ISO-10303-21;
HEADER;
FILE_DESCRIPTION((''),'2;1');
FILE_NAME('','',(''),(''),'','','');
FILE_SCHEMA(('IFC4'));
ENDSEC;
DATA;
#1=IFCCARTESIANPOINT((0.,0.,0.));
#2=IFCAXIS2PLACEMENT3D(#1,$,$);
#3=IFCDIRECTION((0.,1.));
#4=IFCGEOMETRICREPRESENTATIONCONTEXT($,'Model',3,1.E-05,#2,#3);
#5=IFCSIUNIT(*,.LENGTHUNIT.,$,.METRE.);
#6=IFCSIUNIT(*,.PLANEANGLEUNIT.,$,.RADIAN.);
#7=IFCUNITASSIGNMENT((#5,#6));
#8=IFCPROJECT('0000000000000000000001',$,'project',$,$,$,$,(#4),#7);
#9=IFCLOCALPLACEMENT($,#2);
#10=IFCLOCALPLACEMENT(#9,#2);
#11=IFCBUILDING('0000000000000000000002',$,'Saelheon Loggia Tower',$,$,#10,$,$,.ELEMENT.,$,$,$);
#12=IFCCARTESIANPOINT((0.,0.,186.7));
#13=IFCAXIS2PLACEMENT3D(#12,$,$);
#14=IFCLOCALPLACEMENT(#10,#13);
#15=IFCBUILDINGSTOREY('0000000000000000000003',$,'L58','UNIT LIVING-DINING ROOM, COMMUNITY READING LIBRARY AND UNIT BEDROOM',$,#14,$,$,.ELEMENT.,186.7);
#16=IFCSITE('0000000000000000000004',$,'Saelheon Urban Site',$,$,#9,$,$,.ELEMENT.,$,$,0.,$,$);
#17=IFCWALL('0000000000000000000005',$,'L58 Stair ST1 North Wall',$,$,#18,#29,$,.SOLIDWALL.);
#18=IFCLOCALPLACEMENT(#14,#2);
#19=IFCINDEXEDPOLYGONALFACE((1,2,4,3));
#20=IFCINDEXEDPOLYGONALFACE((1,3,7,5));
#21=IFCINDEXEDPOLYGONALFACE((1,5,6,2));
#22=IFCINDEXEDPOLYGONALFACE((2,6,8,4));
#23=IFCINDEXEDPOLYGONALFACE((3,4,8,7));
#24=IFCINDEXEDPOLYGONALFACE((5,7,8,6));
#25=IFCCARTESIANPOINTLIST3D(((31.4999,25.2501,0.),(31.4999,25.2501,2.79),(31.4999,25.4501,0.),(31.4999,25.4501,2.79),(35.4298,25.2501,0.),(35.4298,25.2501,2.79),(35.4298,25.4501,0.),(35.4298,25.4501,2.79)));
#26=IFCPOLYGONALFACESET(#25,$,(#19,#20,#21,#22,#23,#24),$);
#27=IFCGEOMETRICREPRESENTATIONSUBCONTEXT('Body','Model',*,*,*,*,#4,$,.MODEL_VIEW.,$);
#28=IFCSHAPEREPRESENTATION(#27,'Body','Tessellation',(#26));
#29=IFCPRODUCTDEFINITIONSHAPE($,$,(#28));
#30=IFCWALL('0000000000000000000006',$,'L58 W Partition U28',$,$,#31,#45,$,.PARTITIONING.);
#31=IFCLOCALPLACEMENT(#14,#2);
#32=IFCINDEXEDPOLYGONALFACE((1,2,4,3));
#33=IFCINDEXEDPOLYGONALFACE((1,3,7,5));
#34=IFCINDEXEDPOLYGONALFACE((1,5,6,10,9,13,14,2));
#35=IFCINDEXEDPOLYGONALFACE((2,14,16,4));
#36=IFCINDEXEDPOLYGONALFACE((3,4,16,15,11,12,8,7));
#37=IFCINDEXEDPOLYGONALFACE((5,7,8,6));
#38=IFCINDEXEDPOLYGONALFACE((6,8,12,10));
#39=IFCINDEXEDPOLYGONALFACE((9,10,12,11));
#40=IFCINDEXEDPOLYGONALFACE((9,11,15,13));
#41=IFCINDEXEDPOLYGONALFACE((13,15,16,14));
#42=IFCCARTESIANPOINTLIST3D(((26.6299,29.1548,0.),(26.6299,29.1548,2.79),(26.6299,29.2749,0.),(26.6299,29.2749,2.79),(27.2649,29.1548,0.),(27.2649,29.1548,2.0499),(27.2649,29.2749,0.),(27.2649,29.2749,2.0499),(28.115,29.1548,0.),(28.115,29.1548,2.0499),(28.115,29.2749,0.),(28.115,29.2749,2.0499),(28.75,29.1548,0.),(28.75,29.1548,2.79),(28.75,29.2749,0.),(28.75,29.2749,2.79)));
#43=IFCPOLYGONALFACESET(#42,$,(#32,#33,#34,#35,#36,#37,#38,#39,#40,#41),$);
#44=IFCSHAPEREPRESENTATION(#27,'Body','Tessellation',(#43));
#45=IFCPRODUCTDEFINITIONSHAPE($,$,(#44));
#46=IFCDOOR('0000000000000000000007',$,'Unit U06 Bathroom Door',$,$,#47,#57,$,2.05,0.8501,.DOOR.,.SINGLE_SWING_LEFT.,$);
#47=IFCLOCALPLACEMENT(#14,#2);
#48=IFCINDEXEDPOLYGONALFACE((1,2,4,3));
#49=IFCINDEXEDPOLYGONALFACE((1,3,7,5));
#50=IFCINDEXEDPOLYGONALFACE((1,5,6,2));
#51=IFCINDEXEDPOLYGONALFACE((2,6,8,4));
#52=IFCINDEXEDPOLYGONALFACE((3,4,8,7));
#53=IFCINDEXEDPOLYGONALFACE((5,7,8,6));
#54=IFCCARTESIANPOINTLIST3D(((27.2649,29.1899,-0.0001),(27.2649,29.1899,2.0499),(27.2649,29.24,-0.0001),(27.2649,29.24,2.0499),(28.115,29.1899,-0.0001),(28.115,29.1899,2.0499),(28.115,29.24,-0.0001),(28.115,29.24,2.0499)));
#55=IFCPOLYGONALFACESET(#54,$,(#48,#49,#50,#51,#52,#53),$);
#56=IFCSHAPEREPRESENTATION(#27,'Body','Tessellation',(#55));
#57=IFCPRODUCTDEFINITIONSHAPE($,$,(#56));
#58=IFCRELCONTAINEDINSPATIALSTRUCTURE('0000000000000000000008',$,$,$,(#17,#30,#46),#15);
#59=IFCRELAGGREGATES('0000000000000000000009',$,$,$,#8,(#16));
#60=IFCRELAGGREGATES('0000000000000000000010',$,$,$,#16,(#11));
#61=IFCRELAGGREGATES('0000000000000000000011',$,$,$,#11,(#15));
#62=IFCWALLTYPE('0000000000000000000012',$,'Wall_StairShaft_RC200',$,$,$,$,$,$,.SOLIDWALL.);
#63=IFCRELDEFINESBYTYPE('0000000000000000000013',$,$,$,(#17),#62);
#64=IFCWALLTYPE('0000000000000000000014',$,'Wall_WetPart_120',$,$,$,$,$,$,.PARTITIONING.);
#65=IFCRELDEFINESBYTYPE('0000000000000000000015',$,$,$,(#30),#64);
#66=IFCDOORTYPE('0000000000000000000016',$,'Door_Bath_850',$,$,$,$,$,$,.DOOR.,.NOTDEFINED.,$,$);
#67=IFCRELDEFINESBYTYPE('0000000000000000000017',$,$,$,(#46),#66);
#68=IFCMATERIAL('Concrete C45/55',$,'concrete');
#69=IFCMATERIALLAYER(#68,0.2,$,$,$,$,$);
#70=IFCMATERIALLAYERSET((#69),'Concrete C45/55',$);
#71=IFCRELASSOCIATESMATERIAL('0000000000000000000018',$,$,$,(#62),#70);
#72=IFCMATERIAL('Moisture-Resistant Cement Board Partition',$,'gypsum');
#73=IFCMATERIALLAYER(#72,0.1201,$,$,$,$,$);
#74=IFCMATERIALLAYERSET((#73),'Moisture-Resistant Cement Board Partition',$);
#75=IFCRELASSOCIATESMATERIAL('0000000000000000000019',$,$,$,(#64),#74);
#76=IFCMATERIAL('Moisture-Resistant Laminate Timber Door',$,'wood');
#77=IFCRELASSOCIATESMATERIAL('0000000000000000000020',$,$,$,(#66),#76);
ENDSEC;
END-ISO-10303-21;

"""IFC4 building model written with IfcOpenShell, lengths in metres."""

from ifc_helpers import new_model, si_unit, direction, frame, frame_2d, origin, place, context, subcontext, project, spatial, rectangle, extrude, source, transform, mapped, material, layer, layer_set, type_object, element, fill, save


model = new_model("IFC4")

# Units and contexts
model_context = context("Model", 3, precision=1e-05, world=origin(), true_north=direction((0.0, 1.0)))
body_context = subcontext(model_context, "Body", "Model", "MODEL_VIEW")
ifc_project = project(units=[si_unit("LENGTHUNIT", "METRE"), si_unit("PLANEANGLEUNIT", "RADIAN")], contexts=[model_context])

# Site, building, storey
site_placement = place(None, origin())
site = spatial("IfcSite", under=ifc_project, at=site_placement, Name="Saelheon Urban Site", CompositionType="ELEMENT", RefElevation=0.0)
building_placement = place(site_placement, origin())
building = spatial("IfcBuilding", under=site, at=building_placement, Name="Saelheon Loggia Tower", CompositionType="ELEMENT")
storey_placement = place(building_placement, frame((0.0, 0.0, 186.7)))
storey = spatial("IfcBuildingStorey", under=building, at=storey_placement, Name="L58", Description="UNIT LIVING-DINING ROOM, COMMUNITY READING LIBRARY AND UNIT BEDROOM", CompositionType="ELEMENT", Elevation=186.7)

# Wall
ifc_material_1 = material(Name="Concrete C45/55", Category="concrete")
ifc_layer_1 = layer(ifc_material_1, 0.2)
ifc_layer_set_1 = layer_set([ifc_layer_1], Name="Concrete C45/55")
wall_type_1 = type_object("IfcWallType", Name="Wall_StairShaft_RC200", PredefinedType="SOLIDWALL", material=ifc_layer_set_1)
wall_1_placement = place(storey_placement, frame((31.5, 25.3501, 0.0), z_axis=(0.0, 0.0, 1.0), x_axis=(1.0, 0.0, 0.0)))
element("IfcWall", 1, at=wall_1_placement, inside=storey, type_object=wall_type_1, Name="L58 Stair ST1 North Wall", PredefinedType="SOLIDWALL", context=body_context, shape_type="SweptSolid", body=[
    extrude(rectangle(XDim=3.9299, YDim=0.2, at=frame_2d((1.9648, 0.0))), origin(), (0.0, 0.0, 1.0), 2.79),
])

# Wall, opening, door
ifc_material_2 = material(Name="Moisture-Resistant Cement Board Partition", Category="gypsum")
ifc_layer_2 = layer(ifc_material_2, 0.1201)
ifc_layer_set_2 = layer_set([ifc_layer_2], Name="Moisture-Resistant Cement Board Partition")
wall_type_2 = type_object("IfcWallType", Name="Wall_WetPart_120", PredefinedType="PARTITIONING", material=ifc_layer_set_2)
wall_2_placement = place(storey_placement, frame((28.75, 29.2148, 0.0), z_axis=(0.0, 0.0, 1.0), x_axis=(-1.0, 0.0, 0.0)))
wall_2 = element("IfcWall", 2, at=wall_2_placement, inside=storey, type_object=wall_type_2, Name="L58 W Partition U28", PredefinedType="PARTITIONING", context=body_context, shape_type="SweptSolid", body=[
    extrude(rectangle(XDim=2.1201, YDim=0.1201, at=frame_2d((1.0601, 0.0))), origin(), (0.0, 0.0, 1.0), 2.79),
])
opening_1_placement = place(wall_2_placement, frame((0.635, 0.0, 0.0)))
opening_1 = element("IfcOpeningElement", 3, at=opening_1_placement, cuts=wall_2, PredefinedType="OPENING", context=body_context, shape_type="SweptSolid", body=[
    extrude(rectangle(XDim=0.8501, YDim=2.05, at=frame_2d((0.425, 1.0249))), frame((0.0, 0.072, 0.0), z_axis=(0.0, -1.0, 0.0), x_axis=(1.0, 0.0, 0.0)), (0.0, 0.0, 1.0), 0.144),
])
ifc_material_3 = material(Name="Moisture-Resistant Laminate Timber Door", Category="wood")
door_type_1 = type_object("IfcDoorType", Name="Door_Bath_850", OperationType="NOTDEFINED", PredefinedType="DOOR", material=ifc_material_3)
shared_shape_1 = source(origin(), body_context, "Body", "SweptSolid", [
    extrude(rectangle(XDim=0.8501, YDim=2.05, at=frame_2d((0.425, 1.0249))), frame((0.0, 0.0249, 0.0), z_axis=(0.0, -1.0, 0.0), x_axis=(1.0, 0.0, 0.0)), (0.0, 0.0, 1.0), 0.05),
])
door_1_placement = place(opening_1_placement, origin())
door_1 = element("IfcDoor", 4, at=door_1_placement, inside=storey, type_object=door_type_1, Name="Unit U06 Bathroom Door", OperationType="SINGLE_SWING_LEFT", OverallHeight=2.05, OverallWidth=0.8501, PredefinedType="DOOR", context=body_context, shape_type="MappedRepresentation", body=[
    mapped(shared_shape_1, transform((0.0, 0.0, 0.0), scale=1.0)),
])
fill(opening_1, door_1)

save(model, "model.ifc")
